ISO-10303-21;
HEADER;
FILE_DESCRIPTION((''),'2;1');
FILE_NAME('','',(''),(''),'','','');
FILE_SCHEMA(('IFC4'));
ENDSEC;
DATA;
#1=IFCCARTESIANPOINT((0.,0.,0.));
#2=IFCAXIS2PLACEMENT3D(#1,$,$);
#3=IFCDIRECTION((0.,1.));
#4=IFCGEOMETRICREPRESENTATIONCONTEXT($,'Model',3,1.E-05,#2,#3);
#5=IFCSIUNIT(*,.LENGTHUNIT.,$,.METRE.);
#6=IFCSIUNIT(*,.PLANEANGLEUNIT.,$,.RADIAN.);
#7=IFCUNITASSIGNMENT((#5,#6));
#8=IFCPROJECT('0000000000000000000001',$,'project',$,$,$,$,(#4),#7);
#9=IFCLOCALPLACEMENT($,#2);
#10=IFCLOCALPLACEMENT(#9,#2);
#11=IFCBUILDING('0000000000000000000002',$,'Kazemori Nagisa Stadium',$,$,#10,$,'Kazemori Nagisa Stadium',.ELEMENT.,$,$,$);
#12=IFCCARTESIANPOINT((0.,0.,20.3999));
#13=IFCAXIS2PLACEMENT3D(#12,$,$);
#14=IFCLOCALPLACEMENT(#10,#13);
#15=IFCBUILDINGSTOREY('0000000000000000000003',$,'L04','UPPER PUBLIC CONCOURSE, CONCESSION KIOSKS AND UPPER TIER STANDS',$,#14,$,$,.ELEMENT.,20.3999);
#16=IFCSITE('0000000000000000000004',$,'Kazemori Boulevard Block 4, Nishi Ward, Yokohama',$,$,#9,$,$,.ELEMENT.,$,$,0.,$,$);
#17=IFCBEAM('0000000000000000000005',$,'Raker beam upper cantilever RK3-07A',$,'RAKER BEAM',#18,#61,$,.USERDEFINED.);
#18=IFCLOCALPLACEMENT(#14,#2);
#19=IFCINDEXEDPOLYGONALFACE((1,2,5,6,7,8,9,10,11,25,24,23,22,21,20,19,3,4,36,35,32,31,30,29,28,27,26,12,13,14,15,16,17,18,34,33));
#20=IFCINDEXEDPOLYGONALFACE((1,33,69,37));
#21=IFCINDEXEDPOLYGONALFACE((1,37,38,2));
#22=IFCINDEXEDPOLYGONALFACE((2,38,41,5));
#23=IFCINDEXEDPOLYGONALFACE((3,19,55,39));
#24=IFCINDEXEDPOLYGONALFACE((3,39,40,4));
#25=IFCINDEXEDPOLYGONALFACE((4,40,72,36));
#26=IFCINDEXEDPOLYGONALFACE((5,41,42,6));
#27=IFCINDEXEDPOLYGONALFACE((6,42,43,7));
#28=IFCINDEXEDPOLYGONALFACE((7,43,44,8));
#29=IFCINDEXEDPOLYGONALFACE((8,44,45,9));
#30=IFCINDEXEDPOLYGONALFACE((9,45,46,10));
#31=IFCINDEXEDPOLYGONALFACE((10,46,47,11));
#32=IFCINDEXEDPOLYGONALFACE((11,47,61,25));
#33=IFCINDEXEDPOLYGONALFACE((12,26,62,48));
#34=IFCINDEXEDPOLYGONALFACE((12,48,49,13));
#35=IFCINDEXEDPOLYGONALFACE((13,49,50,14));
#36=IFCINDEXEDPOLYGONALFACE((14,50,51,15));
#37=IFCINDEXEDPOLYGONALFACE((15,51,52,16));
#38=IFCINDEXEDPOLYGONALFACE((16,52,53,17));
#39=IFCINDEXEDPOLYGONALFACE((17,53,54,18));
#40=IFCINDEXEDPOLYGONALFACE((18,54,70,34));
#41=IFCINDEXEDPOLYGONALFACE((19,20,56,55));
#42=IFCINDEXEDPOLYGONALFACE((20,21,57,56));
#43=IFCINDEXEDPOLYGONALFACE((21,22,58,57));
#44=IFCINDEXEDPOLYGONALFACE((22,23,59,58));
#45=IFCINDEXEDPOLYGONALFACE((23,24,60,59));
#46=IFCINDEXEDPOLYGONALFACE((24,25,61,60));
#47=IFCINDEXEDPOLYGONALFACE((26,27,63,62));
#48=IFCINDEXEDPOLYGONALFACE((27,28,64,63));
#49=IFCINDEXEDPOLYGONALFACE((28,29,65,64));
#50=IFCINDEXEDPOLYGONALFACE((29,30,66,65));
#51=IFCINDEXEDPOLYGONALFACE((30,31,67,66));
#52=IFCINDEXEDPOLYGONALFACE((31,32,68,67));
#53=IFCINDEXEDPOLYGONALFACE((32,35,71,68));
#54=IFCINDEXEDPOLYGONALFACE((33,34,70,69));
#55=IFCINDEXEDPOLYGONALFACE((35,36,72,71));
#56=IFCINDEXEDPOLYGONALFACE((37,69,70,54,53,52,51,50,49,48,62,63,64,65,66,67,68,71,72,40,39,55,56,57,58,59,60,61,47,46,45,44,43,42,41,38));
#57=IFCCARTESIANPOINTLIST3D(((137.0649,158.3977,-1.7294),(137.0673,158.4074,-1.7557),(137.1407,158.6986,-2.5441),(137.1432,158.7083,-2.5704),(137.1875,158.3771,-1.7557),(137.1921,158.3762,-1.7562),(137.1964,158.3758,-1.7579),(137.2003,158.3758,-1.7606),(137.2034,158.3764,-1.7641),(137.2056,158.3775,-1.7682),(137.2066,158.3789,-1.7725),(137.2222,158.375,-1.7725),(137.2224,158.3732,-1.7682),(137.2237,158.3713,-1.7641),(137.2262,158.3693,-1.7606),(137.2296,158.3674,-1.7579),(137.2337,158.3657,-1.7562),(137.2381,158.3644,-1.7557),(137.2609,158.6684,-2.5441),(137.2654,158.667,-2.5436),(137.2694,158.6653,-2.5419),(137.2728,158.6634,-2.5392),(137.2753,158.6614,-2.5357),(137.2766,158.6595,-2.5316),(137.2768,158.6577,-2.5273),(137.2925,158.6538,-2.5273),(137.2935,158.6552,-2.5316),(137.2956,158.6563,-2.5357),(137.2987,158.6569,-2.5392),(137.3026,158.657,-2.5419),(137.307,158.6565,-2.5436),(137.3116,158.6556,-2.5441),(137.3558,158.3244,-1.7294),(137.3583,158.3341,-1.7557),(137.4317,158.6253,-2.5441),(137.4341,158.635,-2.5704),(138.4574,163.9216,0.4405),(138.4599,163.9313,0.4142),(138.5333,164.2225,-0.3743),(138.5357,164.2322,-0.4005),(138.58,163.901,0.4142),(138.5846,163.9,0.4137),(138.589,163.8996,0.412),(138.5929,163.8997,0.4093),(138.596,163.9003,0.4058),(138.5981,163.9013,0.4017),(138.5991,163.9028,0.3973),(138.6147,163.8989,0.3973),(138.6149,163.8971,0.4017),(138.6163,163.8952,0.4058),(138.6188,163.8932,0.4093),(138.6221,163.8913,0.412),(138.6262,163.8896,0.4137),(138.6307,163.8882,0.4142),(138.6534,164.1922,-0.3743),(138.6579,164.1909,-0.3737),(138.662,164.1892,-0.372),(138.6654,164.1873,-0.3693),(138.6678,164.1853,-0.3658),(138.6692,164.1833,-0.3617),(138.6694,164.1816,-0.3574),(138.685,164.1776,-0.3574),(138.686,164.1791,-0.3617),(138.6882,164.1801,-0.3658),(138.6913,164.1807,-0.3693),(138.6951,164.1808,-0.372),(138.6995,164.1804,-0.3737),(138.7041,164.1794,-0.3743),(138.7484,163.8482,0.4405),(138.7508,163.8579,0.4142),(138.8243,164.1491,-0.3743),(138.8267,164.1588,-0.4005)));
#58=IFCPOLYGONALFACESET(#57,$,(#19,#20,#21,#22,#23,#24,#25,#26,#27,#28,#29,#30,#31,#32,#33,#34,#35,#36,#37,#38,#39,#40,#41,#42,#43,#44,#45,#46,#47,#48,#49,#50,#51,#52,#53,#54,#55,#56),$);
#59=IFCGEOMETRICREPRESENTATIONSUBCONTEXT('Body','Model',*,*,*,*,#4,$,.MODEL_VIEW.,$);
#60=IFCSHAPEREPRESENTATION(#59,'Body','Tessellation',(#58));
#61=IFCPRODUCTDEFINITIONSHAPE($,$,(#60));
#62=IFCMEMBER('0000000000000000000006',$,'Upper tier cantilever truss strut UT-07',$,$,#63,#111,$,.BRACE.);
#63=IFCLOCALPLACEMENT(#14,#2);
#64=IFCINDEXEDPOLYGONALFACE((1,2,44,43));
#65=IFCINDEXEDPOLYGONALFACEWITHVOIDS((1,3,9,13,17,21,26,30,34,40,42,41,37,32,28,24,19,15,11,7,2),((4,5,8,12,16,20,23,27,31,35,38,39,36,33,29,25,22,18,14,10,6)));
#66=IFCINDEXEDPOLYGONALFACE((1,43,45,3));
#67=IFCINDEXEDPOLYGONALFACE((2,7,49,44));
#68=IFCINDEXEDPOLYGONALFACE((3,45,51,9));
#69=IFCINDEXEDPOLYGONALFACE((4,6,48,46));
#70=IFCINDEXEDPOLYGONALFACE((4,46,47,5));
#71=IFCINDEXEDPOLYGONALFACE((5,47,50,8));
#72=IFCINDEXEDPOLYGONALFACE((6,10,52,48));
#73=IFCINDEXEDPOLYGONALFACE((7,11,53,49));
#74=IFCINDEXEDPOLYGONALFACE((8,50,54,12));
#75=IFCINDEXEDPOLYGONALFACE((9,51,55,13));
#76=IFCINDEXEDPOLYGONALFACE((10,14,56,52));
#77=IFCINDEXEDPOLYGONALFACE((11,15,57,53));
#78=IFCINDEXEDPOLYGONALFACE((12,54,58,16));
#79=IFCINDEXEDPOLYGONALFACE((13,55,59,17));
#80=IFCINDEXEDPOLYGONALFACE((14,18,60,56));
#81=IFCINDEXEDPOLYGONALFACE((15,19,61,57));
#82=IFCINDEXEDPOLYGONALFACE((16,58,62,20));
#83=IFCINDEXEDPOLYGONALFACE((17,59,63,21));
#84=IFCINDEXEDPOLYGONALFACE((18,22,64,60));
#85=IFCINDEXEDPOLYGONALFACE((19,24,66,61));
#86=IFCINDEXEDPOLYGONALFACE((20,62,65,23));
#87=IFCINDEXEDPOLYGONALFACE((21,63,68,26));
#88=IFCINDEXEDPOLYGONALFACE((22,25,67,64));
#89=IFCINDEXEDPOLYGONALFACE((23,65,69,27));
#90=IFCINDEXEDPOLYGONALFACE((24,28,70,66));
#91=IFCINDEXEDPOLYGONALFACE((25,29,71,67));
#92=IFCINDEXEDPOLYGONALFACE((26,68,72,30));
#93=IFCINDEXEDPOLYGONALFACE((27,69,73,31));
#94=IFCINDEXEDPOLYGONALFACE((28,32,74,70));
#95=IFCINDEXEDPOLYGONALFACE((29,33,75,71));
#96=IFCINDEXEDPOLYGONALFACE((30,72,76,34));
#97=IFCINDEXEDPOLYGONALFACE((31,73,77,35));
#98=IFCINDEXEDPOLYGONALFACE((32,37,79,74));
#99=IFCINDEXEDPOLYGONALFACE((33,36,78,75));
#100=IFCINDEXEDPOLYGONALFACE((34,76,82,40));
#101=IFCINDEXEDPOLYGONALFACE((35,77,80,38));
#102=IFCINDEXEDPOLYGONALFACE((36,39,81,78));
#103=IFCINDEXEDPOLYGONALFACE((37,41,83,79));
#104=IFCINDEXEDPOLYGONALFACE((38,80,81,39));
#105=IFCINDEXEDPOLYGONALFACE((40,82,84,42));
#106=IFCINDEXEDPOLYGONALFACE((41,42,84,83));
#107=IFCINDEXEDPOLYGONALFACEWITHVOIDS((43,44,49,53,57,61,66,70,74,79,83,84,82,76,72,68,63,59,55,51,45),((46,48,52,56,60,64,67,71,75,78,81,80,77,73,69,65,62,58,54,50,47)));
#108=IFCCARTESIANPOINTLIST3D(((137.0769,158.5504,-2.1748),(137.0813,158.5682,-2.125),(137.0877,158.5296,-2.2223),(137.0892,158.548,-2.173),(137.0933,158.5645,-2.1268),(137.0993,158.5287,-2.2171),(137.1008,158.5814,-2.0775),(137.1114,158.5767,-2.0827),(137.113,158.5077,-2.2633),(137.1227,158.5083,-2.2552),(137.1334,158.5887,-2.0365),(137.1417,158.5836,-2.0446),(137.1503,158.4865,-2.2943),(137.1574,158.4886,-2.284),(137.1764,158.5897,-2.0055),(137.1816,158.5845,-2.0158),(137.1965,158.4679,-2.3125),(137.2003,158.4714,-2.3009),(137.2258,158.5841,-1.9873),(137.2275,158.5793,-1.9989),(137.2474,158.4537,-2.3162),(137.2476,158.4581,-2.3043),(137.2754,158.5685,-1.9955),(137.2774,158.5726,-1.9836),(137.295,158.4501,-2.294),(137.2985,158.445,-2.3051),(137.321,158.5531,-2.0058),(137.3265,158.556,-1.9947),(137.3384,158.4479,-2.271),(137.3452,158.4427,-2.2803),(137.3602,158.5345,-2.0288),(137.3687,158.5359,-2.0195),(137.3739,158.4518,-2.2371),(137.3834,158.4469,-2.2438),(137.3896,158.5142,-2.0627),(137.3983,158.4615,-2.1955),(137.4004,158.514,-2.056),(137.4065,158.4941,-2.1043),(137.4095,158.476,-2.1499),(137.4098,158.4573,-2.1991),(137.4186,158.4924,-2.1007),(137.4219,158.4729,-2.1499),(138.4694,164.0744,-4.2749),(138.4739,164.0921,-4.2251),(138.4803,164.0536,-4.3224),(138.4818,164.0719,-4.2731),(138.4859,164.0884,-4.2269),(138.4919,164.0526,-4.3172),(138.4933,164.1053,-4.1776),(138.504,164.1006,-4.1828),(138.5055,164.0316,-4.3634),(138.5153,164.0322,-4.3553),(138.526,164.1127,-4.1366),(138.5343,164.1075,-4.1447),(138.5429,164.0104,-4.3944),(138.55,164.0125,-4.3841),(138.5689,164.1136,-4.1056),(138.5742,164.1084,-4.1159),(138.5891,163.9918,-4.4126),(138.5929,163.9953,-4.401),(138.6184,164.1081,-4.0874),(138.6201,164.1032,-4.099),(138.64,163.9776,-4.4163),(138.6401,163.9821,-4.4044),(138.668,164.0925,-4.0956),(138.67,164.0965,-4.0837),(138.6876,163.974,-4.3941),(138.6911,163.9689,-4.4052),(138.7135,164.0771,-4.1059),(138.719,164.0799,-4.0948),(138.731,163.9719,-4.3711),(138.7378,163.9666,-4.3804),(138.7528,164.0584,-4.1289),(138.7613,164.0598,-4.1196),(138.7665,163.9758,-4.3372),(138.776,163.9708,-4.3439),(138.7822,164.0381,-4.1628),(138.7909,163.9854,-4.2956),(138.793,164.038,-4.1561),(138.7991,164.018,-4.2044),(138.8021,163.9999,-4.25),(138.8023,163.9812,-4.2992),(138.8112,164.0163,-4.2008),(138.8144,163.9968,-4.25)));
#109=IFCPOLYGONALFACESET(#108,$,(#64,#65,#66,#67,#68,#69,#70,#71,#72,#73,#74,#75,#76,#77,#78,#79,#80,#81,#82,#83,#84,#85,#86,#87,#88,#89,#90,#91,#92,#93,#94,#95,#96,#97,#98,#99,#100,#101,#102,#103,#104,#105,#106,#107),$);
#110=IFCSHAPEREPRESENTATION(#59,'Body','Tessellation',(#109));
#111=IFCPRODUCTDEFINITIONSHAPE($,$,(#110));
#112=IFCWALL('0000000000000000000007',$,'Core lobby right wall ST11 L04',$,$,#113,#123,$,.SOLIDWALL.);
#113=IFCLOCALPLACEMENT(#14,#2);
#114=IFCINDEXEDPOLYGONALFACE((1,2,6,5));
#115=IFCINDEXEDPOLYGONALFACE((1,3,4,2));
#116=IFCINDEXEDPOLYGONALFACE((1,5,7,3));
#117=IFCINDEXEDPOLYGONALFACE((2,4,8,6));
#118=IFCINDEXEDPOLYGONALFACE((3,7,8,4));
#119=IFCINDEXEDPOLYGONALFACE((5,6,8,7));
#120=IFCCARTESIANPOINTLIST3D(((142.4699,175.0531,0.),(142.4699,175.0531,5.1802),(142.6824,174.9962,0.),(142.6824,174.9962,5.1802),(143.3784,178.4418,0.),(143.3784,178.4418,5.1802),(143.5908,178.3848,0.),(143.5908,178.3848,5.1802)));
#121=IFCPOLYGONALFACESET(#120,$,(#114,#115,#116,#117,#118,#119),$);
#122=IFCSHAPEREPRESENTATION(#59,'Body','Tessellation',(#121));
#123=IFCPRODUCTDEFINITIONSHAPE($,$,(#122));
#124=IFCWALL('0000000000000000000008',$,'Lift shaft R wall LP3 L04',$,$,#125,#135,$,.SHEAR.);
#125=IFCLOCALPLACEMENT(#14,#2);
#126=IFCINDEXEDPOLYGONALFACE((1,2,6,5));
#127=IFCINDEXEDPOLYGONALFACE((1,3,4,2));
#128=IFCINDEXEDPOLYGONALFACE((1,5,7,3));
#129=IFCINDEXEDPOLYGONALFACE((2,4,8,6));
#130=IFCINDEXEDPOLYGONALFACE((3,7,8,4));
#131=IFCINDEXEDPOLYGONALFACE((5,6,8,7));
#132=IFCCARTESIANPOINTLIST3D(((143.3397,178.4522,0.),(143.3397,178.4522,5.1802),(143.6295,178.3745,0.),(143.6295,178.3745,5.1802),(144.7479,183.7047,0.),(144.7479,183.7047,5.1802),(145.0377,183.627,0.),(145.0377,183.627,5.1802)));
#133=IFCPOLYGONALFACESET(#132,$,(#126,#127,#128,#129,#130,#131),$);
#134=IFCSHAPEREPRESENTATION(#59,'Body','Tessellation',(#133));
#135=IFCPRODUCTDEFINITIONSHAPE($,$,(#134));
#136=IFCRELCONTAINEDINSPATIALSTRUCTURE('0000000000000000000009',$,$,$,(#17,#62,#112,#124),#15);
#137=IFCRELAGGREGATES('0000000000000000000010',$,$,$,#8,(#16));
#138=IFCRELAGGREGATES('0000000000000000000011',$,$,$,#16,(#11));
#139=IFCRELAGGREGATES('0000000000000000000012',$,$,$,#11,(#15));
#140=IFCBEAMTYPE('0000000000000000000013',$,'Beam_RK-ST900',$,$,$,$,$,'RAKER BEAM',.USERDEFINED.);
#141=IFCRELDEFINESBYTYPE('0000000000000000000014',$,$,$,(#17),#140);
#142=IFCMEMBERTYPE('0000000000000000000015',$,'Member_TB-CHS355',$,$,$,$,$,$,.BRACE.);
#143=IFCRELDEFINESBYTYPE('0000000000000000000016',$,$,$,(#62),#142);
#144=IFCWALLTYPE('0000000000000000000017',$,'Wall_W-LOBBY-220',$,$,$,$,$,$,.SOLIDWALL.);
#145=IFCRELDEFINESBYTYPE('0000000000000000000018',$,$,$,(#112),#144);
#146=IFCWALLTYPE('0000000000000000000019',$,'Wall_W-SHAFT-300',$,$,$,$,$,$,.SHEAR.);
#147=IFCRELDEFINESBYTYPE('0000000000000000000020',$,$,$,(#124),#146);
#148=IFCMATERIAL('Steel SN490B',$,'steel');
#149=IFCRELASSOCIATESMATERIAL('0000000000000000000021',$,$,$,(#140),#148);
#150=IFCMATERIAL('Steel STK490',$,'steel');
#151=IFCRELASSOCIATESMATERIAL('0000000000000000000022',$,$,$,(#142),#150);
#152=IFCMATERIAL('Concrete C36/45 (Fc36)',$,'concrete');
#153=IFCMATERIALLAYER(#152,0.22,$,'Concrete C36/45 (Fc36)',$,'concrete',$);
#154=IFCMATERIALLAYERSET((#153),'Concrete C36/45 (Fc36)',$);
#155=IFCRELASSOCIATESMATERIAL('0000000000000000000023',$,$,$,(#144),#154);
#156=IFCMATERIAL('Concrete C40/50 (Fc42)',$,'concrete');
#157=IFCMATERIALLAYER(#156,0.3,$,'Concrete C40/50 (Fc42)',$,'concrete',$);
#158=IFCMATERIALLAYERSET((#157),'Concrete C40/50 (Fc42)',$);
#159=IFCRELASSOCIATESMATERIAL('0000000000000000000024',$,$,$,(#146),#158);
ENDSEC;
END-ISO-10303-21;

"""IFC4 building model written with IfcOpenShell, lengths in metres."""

from ifc_helpers import new_model, si_unit, direction, frame, frame_2d, origin, origin_2d, place, context, subcontext, project, spatial, rectangle, hollow_circle, i_section, extrude, material, layer, layer_set, material_profile, profile_set, type_object, element, save


model = new_model("IFC4")

# Units and contexts
model_context = context("Model", 3, precision=1e-05, world=origin(), true_north=direction((0.0, 1.0)))
body_context = subcontext(model_context, "Body", "Model", "MODEL_VIEW")
ifc_project = project(units=[si_unit("LENGTHUNIT", "METRE"), si_unit("PLANEANGLEUNIT", "RADIAN")], contexts=[model_context])

# Site, building, storey
site_placement = place(None, origin())
site = spatial("IfcSite", under=ifc_project, at=site_placement, Name="Kazemori Boulevard Block 4, Nishi Ward, Yokohama", CompositionType="ELEMENT", RefElevation=0.0)
building_placement = place(site_placement, origin())
building = spatial("IfcBuilding", under=site, at=building_placement, Name="Kazemori Nagisa Stadium", LongName="Kazemori Nagisa Stadium", CompositionType="ELEMENT")
storey_placement = place(building_placement, frame((0.0, 0.0, 20.3999)))
storey = spatial("IfcBuildingStorey", under=building, at=storey_placement, Name="L04", Description="UPPER PUBLIC CONCOURSE, CONCESSION KIOSKS AND UPPER TIER STANDS", CompositionType="ELEMENT", Elevation=20.3999)

# Beam
ifc_material_1 = material(Name="Steel SN490B", Category="steel")
ifc_material_profile_1 = material_profile(ifc_material_1, i_section(OverallWidth=0.3, OverallDepth=0.8999, WebThickness=0.0161, FlangeThickness=0.0281, FilletRadius=0.0181, at=origin_2d()), Name="H-900x300x16x28")
ifc_profile_set_1 = profile_set([ifc_material_profile_1], Name="Steel SN490B")
beam_type_1 = type_object("IfcBeamType", Name="Beam_RK-ST900", ElementType="RAKER BEAM", PredefinedType="USERDEFINED", material=ifc_profile_set_1)
beam_1_placement = place(storey_placement, frame((137.2495, 158.5164, -2.1499), z_axis=(0.22844, 0.906151, 0.355957), x_axis=(-0.969662, 0.244451, 0.0)))
element("IfcBeam", 1, at=beam_1_placement, inside=storey, type_object=beam_type_1, Name="Raker beam upper cantilever RK3-07A", ObjectType="RAKER BEAM", PredefinedType="USERDEFINED", context=body_context, shape_type="SweptSolid", body=[
    extrude(i_section(OverallWidth=0.3, OverallDepth=0.8999, WebThickness=0.0161, FlangeThickness=0.0281, FilletRadius=0.0181, at=origin_2d()), origin(), (0.0, 0.0, 1.0), 6.0959),
])

# Member
ifc_material_2 = material(Name="Steel STK490", Category="steel")
ifc_material_profile_2 = material_profile(ifc_material_2, hollow_circle(Radius=0.1777, WallThickness=0.0127, at=origin_2d()), Name="CHS-355.6x12.7")
ifc_profile_set_2 = profile_set([ifc_material_profile_2], Name="Steel STK490")
member_type = type_object("IfcMemberType", Name="Member_TB-CHS355", PredefinedType="BRACE", material=ifc_profile_set_2)
member_placement = place(storey_placement, frame((138.6421, 164.0403, -4.25), z_axis=(-0.229362, -0.909808, 0.345893), x_axis=(0.969662, -0.244451, 0.0)))
element("IfcMember", 2, at=member_placement, inside=storey, type_object=member_type, Name="Upper tier cantilever truss strut UT-07", PredefinedType="BRACE", context=body_context, shape_type="SweptSolid", body=[
    extrude(hollow_circle(Radius=0.1777, WallThickness=0.0127, at=origin_2d()), origin(), (0.0, 0.0, 1.0), 6.0715),
])

# Walls
ifc_material_3 = material(Name="Concrete C36/45 (Fc36)", Category="concrete")
ifc_layer_1 = layer(ifc_material_3, 0.22, Name="Concrete C36/45 (Fc36)", Category="concrete")
ifc_layer_set_1 = layer_set([ifc_layer_1], Name="Concrete C36/45 (Fc36)")
wall_type_1 = type_object("IfcWallType", Name="Wall_W-LOBBY-220", PredefinedType="SOLIDWALL", material=ifc_layer_set_1)
wall_1_placement = place(storey_placement, frame((142.5762, 175.0247, 0.0), z_axis=(0.0, 0.0, 1.0), x_axis=(0.25894, 0.965893, 0.0)))
element("IfcWall", 3, at=wall_1_placement, inside=storey, type_object=wall_type_1, Name="Core lobby right wall ST11 L04", PredefinedType="SOLIDWALL", context=body_context, shape_type="SweptSolid", body=[
    extrude(rectangle(XDim=3.5083, YDim=0.22, at=frame_2d((1.7542, 0.0))), origin(), (0.0, 0.0, 1.0), 5.1802),
])
ifc_material_4 = material(Name="Concrete C40/50 (Fc42)", Category="concrete")
ifc_layer_2 = layer(ifc_material_4, 0.3, Name="Concrete C40/50 (Fc42)", Category="concrete")
ifc_layer_set_2 = layer_set([ifc_layer_2], Name="Concrete C40/50 (Fc42)")
wall_type_2 = type_object("IfcWallType", Name="Wall_W-SHAFT-300", PredefinedType="SHEAR", material=ifc_layer_set_2)
wall_2_placement = place(storey_placement, frame((143.4846, 178.4133, 0.0), z_axis=(0.0, 0.0, 1.0), x_axis=(0.258959, 0.965888, 0.0)))
element("IfcWall", 4, at=wall_2_placement, inside=storey, type_object=wall_type_2, Name="Lift shaft R wall LP3 L04", PredefinedType="SHEAR", context=body_context, shape_type="SweptSolid", body=[
    extrude(rectangle(XDim=5.438, YDim=0.3, at=frame_2d((2.719, 0.0))), origin(), (0.0, 0.0, 1.0), 5.1802),
])

save(model, "model.ifc")
